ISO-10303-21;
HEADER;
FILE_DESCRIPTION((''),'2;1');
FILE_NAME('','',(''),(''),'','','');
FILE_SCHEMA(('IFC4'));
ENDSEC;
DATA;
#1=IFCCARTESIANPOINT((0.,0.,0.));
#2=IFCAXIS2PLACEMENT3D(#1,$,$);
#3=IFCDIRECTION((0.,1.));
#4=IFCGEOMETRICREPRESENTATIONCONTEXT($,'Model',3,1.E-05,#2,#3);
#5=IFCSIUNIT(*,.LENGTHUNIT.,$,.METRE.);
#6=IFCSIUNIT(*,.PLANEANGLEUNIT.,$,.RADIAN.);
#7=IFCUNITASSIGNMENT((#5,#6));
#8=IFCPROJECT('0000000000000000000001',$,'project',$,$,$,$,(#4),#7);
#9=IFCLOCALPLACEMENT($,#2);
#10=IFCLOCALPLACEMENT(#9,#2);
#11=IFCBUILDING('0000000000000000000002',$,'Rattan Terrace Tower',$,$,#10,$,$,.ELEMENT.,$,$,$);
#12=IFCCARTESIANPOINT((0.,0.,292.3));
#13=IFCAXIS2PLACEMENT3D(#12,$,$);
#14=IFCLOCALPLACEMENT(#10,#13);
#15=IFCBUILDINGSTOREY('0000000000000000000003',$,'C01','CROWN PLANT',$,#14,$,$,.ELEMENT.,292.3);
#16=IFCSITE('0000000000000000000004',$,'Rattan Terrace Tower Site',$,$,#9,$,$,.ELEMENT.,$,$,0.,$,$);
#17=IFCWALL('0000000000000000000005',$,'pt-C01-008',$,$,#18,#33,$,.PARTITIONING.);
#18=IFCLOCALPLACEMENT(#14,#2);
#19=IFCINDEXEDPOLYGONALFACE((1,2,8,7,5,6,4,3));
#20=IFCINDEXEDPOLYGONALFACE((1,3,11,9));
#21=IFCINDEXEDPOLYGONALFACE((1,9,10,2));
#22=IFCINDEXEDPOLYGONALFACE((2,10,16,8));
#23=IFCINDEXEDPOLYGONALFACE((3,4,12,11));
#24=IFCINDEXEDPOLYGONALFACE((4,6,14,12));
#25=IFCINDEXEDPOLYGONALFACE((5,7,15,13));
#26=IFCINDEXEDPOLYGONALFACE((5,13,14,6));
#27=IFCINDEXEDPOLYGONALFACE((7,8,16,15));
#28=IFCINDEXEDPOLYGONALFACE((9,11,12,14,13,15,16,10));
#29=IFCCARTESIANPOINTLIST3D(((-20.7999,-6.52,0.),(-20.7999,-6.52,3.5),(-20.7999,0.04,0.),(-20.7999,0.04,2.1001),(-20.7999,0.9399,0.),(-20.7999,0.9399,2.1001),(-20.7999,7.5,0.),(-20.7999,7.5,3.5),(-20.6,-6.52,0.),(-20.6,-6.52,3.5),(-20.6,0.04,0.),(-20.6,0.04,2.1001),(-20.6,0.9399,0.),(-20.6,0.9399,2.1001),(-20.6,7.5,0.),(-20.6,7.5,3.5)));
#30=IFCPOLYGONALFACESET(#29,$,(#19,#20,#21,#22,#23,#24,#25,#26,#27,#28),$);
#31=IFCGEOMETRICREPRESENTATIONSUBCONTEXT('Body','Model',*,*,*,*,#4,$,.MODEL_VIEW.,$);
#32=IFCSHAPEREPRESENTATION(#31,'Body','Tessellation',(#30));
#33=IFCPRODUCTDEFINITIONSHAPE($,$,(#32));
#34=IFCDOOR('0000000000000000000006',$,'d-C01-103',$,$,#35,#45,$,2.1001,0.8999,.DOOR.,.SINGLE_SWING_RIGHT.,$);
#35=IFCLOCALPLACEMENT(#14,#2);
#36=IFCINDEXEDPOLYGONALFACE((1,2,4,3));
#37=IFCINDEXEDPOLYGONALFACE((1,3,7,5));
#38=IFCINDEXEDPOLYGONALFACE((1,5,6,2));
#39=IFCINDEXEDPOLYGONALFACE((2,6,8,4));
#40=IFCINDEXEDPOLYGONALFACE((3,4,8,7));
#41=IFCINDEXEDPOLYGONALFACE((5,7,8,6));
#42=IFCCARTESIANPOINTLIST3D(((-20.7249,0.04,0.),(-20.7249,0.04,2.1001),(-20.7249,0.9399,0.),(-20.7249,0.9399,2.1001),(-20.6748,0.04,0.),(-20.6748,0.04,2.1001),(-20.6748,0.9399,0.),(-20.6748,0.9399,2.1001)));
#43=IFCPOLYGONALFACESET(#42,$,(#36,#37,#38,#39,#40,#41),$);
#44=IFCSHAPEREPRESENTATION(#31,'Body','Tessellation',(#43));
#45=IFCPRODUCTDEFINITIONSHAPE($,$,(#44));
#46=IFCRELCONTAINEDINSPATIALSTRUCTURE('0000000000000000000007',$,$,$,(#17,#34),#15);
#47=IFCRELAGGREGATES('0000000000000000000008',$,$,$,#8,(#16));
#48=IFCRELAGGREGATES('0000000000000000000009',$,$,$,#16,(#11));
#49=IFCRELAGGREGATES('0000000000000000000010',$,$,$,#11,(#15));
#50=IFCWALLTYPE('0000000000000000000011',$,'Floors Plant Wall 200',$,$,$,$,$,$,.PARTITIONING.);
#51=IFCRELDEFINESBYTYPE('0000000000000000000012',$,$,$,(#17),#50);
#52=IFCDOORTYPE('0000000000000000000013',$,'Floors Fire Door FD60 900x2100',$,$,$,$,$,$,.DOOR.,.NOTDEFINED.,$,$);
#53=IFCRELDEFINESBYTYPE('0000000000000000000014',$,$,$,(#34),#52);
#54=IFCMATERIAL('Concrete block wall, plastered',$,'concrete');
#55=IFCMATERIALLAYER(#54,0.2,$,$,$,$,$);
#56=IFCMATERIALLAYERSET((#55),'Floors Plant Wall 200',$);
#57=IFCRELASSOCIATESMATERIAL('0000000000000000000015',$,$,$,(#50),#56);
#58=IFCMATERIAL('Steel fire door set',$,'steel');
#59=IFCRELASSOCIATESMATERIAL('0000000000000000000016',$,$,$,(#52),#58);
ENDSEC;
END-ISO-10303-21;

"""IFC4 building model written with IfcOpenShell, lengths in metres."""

from ifc_helpers import new_model, si_unit, direction, frame, frame_2d, origin, place, context, subcontext, project, spatial, rectangle, extrude, material, layer, layer_set, type_object, element, fill, save


model = new_model("IFC4")

# Units and contexts
model_context = context("Model", 3, precision=1e-05, world=origin(), true_north=direction((0.0, 1.0)))
body_context = subcontext(model_context, "Body", "Model", "MODEL_VIEW")
ifc_project = project(units=[si_unit("LENGTHUNIT", "METRE"), si_unit("PLANEANGLEUNIT", "RADIAN")], contexts=[model_context])

# Site, building, storey
site_placement = place(None, origin())
site = spatial("IfcSite", under=ifc_project, at=site_placement, Name="Rattan Terrace Tower Site", CompositionType="ELEMENT", RefElevation=0.0)
building_placement = place(site_placement, origin())
building = spatial("IfcBuilding", under=site, at=building_placement, Name="Rattan Terrace Tower", CompositionType="ELEMENT")
storey_placement = place(building_placement, frame((0.0, 0.0, 292.3)))
storey = spatial("IfcBuildingStorey", under=building, at=storey_placement, Name="C01", Description="CROWN PLANT", CompositionType="ELEMENT", Elevation=292.3)

# Shared definitions
ifc_material_1 = material(Name="Concrete block wall, plastered", Category="concrete")
ifc_layer_1 = layer(ifc_material_1, 0.2)
ifc_layer_set_1 = layer_set([ifc_layer_1], Name="Floors Plant Wall 200")
wall_type_1 = type_object("IfcWallType", Name="Floors Plant Wall 200", PredefinedType="PARTITIONING", material=ifc_layer_set_1)

# Wall, opening, door
wall_1_placement = place(storey_placement, frame((-20.7, -6.52, 0.0), z_axis=(0.0, 0.0, 1.0), x_axis=(0.0, 1.0, 0.0)))
wall_1 = element("IfcWall", 1, at=wall_1_placement, inside=storey, type_object=wall_type_1, Name="pt-C01-008", PredefinedType="PARTITIONING", context=body_context, shape_type="SweptSolid", body=[
    extrude(rectangle(XDim=14.02, YDim=0.2, at=frame_2d((7.01, 0.0))), origin(), (0.0, 0.0, 1.0), 3.5),
])
opening_1_placement = place(wall_1_placement, frame((6.5601, 0.0, 0.0)))
opening_1 = element("IfcOpeningElement", 2, at=opening_1_placement, cuts=wall_1, PredefinedType="OPENING", context=body_context, shape_type="SweptSolid", body=[
    extrude(rectangle(XDim=0.8999, YDim=2.1001, at=frame_2d((0.45, 1.05))), frame((0.0, 0.1106, 0.0), z_axis=(0.0, -1.0, 0.0), x_axis=(1.0, 0.0, 0.0)), (0.0, 0.0, 1.0), 0.2209),
])
ifc_material_2 = material(Name="Steel fire door set", Category="steel")
door_type_1 = type_object("IfcDoorType", Name="Floors Fire Door FD60 900x2100", OperationType="NOTDEFINED", PredefinedType="DOOR", material=ifc_material_2)
door_1_placement = place(opening_1_placement, origin())
door_1 = element("IfcDoor", 3, at=door_1_placement, inside=storey, type_object=door_type_1, Name="d-C01-103", OperationType="SINGLE_SWING_RIGHT", OverallHeight=2.1001, OverallWidth=0.8999, PredefinedType="DOOR", context=body_context, shape_type="SweptSolid", body=[
    extrude(rectangle(XDim=0.8999, YDim=2.1001, at=frame_2d((0.45, 1.05))), frame((0.0, 0.0249, 0.0), z_axis=(0.0, -1.0, 0.0), x_axis=(1.0, 0.0, 0.0)), (0.0, 0.0, 1.0), 0.05),
])
fill(opening_1, door_1)

save(model, "model.ifc")
